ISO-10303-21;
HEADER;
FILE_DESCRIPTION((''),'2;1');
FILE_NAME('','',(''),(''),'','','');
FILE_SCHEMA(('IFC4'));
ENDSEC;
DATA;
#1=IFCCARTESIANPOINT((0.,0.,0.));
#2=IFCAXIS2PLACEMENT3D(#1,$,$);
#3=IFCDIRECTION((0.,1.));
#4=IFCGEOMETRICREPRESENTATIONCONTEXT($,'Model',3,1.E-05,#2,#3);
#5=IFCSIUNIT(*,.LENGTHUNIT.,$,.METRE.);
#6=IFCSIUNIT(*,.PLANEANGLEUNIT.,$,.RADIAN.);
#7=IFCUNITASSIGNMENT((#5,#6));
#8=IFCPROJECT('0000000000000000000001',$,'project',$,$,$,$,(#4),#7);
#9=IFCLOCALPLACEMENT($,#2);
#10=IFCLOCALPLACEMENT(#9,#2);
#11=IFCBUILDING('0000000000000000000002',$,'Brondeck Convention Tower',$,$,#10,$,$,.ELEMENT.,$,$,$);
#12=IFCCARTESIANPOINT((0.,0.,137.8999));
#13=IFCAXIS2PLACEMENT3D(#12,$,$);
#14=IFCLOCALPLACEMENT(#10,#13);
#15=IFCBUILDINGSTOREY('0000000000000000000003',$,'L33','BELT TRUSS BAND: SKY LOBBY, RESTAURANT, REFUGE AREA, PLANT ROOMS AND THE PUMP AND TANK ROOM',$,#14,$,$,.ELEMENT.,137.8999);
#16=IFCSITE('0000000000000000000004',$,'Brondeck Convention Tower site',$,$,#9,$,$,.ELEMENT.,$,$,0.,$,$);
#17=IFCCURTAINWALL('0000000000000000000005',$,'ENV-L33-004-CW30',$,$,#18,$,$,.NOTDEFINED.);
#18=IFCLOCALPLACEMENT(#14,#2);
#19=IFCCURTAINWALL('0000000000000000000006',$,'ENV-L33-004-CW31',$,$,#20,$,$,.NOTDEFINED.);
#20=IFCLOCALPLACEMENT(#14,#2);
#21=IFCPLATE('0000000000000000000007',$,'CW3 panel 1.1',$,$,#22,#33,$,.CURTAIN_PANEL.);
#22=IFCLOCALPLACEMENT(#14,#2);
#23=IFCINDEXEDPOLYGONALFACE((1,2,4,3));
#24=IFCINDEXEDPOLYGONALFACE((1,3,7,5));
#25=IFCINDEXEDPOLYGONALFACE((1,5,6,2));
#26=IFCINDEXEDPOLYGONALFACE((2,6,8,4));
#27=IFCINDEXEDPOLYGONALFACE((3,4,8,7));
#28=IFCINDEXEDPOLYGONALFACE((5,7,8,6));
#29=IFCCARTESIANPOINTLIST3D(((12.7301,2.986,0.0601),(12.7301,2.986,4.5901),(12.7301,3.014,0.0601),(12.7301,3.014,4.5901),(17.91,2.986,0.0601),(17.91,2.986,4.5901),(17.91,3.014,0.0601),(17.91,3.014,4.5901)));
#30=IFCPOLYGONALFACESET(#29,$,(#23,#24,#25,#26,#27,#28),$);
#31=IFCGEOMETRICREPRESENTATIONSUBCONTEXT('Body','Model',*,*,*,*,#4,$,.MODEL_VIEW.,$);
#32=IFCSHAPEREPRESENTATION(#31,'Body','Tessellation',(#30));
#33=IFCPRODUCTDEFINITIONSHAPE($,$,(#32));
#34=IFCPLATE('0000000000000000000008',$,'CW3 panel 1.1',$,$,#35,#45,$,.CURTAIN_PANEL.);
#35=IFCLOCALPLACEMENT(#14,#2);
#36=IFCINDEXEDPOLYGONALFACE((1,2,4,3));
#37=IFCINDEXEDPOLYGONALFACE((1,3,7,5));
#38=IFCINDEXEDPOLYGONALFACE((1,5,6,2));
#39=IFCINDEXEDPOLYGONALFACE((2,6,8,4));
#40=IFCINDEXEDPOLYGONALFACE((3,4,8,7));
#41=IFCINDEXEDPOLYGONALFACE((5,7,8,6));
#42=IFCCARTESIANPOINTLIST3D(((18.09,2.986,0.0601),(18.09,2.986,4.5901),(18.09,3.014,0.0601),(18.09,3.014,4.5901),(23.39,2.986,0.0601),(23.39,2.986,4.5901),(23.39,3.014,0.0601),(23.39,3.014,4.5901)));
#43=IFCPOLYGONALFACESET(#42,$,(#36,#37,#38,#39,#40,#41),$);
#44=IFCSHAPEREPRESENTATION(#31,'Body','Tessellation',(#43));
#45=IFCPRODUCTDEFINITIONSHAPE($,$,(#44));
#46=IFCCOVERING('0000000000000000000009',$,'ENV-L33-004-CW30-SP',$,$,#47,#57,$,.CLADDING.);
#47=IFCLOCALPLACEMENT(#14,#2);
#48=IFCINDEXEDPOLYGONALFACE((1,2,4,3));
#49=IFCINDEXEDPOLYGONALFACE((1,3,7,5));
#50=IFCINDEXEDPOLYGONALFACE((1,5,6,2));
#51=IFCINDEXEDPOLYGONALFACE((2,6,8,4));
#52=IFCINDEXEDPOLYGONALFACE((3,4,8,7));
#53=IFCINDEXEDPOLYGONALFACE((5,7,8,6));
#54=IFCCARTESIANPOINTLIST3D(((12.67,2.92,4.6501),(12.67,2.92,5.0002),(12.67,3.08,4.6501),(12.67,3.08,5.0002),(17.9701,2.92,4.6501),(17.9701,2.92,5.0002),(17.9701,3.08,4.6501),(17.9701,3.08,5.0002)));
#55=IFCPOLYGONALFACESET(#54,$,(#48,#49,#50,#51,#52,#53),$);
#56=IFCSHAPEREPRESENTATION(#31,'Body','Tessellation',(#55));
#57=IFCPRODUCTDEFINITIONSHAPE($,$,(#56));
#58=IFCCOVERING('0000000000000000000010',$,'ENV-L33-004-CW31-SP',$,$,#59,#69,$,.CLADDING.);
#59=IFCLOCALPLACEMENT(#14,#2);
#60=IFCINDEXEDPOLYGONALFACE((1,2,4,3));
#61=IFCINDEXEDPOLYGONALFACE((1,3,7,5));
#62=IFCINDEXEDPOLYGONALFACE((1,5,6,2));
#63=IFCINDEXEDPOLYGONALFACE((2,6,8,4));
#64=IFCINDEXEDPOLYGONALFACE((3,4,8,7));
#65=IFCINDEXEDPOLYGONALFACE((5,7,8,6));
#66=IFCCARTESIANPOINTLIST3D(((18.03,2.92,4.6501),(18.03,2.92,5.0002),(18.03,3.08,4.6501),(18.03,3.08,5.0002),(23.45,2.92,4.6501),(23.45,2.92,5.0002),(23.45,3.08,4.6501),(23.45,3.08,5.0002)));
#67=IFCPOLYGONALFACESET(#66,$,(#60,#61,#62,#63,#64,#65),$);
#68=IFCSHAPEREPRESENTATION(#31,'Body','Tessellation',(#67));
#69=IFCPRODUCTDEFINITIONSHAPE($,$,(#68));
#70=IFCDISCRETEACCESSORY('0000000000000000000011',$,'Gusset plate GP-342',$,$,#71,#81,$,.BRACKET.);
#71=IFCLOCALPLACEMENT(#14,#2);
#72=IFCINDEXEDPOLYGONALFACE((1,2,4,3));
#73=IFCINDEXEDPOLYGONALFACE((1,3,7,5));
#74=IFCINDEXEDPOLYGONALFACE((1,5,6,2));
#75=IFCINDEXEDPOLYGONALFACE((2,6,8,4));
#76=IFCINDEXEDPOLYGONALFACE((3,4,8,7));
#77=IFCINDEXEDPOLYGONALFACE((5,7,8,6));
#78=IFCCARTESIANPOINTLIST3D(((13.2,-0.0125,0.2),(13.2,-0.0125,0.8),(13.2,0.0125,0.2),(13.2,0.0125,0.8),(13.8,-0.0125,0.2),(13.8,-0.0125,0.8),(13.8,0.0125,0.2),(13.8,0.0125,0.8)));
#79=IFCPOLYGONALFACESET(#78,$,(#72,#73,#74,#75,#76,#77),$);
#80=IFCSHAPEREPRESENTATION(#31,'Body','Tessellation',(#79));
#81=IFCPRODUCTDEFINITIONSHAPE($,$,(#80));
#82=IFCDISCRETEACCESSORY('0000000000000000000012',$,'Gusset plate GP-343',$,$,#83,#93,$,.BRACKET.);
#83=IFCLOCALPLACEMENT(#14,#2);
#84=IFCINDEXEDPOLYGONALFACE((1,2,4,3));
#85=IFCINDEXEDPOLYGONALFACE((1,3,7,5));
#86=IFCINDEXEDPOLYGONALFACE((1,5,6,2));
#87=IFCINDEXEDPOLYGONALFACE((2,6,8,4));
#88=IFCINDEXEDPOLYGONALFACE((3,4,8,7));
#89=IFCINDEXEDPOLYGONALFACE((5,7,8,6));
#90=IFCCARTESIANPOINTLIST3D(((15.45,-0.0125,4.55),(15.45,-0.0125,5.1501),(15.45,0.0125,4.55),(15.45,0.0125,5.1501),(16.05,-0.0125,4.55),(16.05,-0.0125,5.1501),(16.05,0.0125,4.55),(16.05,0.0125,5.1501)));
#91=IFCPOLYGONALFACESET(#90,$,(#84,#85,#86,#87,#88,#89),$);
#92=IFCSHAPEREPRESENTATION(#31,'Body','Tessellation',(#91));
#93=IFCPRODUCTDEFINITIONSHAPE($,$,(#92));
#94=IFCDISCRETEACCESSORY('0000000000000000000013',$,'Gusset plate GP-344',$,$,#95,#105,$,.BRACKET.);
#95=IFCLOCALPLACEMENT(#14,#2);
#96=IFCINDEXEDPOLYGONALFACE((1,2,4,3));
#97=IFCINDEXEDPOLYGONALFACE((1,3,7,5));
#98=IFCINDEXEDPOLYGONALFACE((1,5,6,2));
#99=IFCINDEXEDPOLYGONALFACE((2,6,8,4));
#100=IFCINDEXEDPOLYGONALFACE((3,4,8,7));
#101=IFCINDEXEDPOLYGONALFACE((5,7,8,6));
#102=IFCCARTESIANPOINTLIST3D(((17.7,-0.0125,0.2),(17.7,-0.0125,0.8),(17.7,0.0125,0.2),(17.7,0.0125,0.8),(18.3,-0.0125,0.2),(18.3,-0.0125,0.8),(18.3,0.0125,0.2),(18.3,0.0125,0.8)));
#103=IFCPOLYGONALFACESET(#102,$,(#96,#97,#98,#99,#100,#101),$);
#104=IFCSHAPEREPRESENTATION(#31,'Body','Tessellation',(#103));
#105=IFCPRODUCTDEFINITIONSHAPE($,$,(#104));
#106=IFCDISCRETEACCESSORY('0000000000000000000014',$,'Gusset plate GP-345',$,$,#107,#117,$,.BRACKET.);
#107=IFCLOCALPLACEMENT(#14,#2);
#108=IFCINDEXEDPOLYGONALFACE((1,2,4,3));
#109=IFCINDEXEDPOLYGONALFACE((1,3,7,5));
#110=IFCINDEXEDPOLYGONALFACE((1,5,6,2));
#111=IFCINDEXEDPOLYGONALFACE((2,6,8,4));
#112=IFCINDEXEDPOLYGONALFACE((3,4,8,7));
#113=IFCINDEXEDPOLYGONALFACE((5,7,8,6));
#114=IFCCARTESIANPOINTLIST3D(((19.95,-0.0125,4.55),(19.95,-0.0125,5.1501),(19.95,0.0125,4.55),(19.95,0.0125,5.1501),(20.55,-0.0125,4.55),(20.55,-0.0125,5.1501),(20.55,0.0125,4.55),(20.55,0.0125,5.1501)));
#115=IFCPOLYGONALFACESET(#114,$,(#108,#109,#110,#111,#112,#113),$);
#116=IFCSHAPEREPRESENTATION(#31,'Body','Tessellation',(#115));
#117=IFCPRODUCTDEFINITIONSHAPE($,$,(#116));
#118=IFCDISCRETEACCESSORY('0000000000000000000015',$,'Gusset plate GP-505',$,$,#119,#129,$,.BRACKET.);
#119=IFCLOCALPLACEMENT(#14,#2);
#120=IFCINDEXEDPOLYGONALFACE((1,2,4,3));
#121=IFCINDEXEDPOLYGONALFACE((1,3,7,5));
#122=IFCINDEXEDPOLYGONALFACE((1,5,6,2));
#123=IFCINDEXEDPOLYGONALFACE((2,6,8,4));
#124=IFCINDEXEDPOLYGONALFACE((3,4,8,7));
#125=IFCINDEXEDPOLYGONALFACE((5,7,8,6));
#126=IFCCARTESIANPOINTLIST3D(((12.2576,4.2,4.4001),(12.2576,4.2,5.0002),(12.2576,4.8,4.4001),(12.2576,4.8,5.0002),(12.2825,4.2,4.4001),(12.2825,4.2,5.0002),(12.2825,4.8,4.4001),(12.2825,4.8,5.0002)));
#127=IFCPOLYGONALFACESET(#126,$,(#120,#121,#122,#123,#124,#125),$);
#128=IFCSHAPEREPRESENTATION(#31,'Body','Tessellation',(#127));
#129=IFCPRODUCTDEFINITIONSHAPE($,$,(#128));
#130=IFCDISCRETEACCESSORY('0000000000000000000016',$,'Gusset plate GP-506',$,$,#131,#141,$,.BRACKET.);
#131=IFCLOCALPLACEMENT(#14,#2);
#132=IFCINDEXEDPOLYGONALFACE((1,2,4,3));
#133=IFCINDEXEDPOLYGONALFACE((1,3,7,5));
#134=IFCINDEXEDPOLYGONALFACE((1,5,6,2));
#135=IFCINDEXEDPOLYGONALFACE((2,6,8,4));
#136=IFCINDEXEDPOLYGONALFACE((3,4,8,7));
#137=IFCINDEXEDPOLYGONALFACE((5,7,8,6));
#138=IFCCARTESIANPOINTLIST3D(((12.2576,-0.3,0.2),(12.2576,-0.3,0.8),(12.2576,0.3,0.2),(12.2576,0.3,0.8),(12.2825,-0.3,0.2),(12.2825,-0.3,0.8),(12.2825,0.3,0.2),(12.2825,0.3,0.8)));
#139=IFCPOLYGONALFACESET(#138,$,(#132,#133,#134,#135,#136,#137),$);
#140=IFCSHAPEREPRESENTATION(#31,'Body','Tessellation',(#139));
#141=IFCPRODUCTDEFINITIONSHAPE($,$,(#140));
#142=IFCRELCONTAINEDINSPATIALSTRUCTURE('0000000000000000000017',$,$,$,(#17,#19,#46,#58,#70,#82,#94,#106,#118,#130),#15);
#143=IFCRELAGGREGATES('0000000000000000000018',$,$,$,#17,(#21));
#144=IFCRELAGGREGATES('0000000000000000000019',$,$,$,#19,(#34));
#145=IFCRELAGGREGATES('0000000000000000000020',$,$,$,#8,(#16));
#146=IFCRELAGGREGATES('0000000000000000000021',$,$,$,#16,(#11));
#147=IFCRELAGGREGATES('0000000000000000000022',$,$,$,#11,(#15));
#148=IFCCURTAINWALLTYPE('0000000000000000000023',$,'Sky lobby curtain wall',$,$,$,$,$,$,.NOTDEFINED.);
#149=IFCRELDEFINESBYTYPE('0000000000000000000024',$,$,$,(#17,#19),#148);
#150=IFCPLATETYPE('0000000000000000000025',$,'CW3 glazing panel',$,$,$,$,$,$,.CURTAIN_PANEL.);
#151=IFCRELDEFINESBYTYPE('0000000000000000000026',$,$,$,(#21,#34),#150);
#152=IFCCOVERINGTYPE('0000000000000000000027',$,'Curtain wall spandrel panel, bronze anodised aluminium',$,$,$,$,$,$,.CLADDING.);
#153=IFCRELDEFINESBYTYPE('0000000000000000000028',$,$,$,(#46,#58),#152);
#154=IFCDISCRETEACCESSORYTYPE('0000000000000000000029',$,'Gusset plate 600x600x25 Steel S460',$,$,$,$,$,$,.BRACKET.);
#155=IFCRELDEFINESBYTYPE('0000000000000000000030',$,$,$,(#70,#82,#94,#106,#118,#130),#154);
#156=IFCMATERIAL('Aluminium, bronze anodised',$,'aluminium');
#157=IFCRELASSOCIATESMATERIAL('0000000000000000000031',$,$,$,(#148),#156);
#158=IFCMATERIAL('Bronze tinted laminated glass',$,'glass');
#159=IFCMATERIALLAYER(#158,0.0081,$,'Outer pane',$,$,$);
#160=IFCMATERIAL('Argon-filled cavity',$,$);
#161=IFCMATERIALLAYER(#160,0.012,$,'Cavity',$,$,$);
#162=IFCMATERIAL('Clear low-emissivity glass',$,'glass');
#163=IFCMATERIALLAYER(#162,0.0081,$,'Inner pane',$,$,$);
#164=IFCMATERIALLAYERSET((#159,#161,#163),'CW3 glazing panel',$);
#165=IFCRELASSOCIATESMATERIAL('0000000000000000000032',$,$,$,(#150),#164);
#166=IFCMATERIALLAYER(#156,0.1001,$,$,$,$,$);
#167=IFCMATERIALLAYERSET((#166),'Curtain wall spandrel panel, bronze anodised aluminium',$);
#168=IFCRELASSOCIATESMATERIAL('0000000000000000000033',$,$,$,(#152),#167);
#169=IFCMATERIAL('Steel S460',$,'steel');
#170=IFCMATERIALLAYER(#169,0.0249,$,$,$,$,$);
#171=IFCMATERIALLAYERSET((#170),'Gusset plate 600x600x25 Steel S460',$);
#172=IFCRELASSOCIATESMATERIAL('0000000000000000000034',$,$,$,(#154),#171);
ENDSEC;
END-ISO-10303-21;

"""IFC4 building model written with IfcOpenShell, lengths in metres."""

from ifc_helpers import new_model, si_unit, direction, frame, origin, origin_2d, place, context, subcontext, project, spatial, rectangle, extrude, material, layer, layer_set, type_object, element, aggregate, save


model = new_model("IFC4")

# Units and contexts
model_context = context("Model", 3, precision=1e-05, world=origin(), true_north=direction((0.0, 1.0)))
body_context = subcontext(model_context, "Body", "Model", "MODEL_VIEW")
ifc_project = project(units=[si_unit("LENGTHUNIT", "METRE"), si_unit("PLANEANGLEUNIT", "RADIAN")], contexts=[model_context])

# Site, building, storey
site_placement = place(None, origin())
site = spatial("IfcSite", under=ifc_project, at=site_placement, Name="Brondeck Convention Tower site", CompositionType="ELEMENT", RefElevation=0.0)
building_placement = place(site_placement, origin())
building = spatial("IfcBuilding", under=site, at=building_placement, Name="Brondeck Convention Tower", CompositionType="ELEMENT")
storey_placement = place(building_placement, frame((0.0, 0.0, 137.8999)))
storey = spatial("IfcBuildingStorey", under=building, at=storey_placement, Name="L33", Description="BELT TRUSS BAND: SKY LOBBY, RESTAURANT, REFUGE AREA, PLANT ROOMS AND THE PUMP AND TANK ROOM", CompositionType="ELEMENT", Elevation=137.8999)

# Shared definitions
ifc_material_1 = material(Name="Aluminium, bronze anodised", Category="aluminium")
curtain_wall_type = type_object("IfcCurtainWallType", Name="Sky lobby curtain wall", PredefinedType="NOTDEFINED", material=ifc_material_1)

# Curtain wall
curtain_wall_1_placement = place(storey_placement, origin())
curtain_wall_1 = element("IfcCurtainWall", 1, at=curtain_wall_1_placement, inside=storey, type_object=curtain_wall_type, Name="ENV-L33-004-CW30", PredefinedType="NOTDEFINED")

# Curtain wall
curtain_wall_2_placement = place(storey_placement, origin())
curtain_wall_2 = element("IfcCurtainWall", 2, at=curtain_wall_2_placement, inside=storey, type_object=curtain_wall_type, Name="ENV-L33-004-CW31", PredefinedType="NOTDEFINED")

# Shared definitions
ifc_material_2 = material(Name="Steel S460", Category="steel")

# Plates
ifc_material_3 = material(Name="Bronze tinted laminated glass", Category="glass")
ifc_layer_1 = layer(ifc_material_3, 0.0081, Name="Outer pane")
ifc_material_4 = material(Name="Argon-filled cavity")
ifc_layer_2 = layer(ifc_material_4, 0.012, Name="Cavity")
ifc_material_5 = material(Name="Clear low-emissivity glass", Category="glass")
ifc_layer_3 = layer(ifc_material_5, 0.0081, Name="Inner pane")
ifc_layer_set_1 = layer_set([ifc_layer_1, ifc_layer_2, ifc_layer_3], Name="CW3 glazing panel")
plate_type = type_object("IfcPlateType", Name="CW3 glazing panel", PredefinedType="CURTAIN_PANEL", material=ifc_layer_set_1)
plate_1_placement = place(storey_placement, frame((15.3201, 3.0, 0.0601), z_axis=(0.0, 0.0, 1.0), x_axis=(-1.0, 0.0, 0.0)))
plate_1 = element("IfcPlate", 3, at=plate_1_placement, type_object=plate_type, Name="CW3 panel 1.1", PredefinedType="CURTAIN_PANEL", context=body_context, shape_type="SweptSolid", body=[
    extrude(rectangle(XDim=5.1799, YDim=0.0281, at=origin_2d()), origin(), (0.0, 0.0, 1.0), 4.53),
])
aggregate(curtain_wall_1, [plate_1])
plate_2_placement = place(storey_placement, frame((20.74, 3.0, 0.0601), z_axis=(0.0, 0.0, 1.0), x_axis=(-1.0, 0.0, 0.0)))
plate_2 = element("IfcPlate", 4, at=plate_2_placement, type_object=plate_type, Name="CW3 panel 1.1", PredefinedType="CURTAIN_PANEL", context=body_context, shape_type="SweptSolid", body=[
    extrude(rectangle(XDim=5.3, YDim=0.0281, at=origin_2d()), origin(), (0.0, 0.0, 1.0), 4.53),
])
aggregate(curtain_wall_2, [plate_2])

# Coverings
ifc_layer_4 = layer(ifc_material_1, 0.1001)
ifc_layer_set_2 = layer_set([ifc_layer_4], Name="Curtain wall spandrel panel, bronze anodised aluminium")
covering_type = type_object("IfcCoveringType", Name="Curtain wall spandrel panel, bronze anodised aluminium", PredefinedType="CLADDING", material=ifc_layer_set_2)
covering_1_placement = place(storey_placement, frame((15.3201, 3.0, 4.6501), z_axis=(0.0, 0.0, 1.0), x_axis=(-1.0, 0.0, 0.0)))
element("IfcCovering", 5, at=covering_1_placement, inside=storey, type_object=covering_type, Name="ENV-L33-004-CW30-SP", PredefinedType="CLADDING", context=body_context, shape_type="SweptSolid", body=[
    extrude(rectangle(XDim=5.3, YDim=0.1599, at=origin_2d()), origin(), (0.0, 0.0, 1.0), 0.3501),
])
covering_2_placement = place(storey_placement, frame((20.74, 3.0, 4.6501), z_axis=(0.0, 0.0, 1.0), x_axis=(-1.0, 0.0, 0.0)))
element("IfcCovering", 6, at=covering_2_placement, inside=storey, type_object=covering_type, Name="ENV-L33-004-CW31-SP", PredefinedType="CLADDING", context=body_context, shape_type="SweptSolid", body=[
    extrude(rectangle(XDim=5.4199, YDim=0.1599, at=origin_2d()), origin(), (0.0, 0.0, 1.0), 0.3501),
])

# Discrete accessories
ifc_layer_5 = layer(ifc_material_2, 0.0249)
ifc_layer_set_3 = layer_set([ifc_layer_5], Name="Gusset plate 600x600x25 Steel S460")
discrete_accessory_type = type_object("IfcDiscreteAccessoryType", Name="Gusset plate 600x600x25 Steel S460", PredefinedType="BRACKET", material=ifc_layer_set_3)
for number, where, z_axis, x_axis, name in (
    (7, (13.5, 0.0, 0.2), (0.0, 0.0, 1.0), (1.0, 0.0, 0.0), "Gusset plate GP-342"),
    (8, (15.75, 0.0, 4.55), (0.0, 0.0, 1.0), (1.0, 0.0, 0.0), "Gusset plate GP-343"),
    (9, (18.0, 0.0, 0.2), (0.0, 0.0, 1.0), (1.0, 0.0, 0.0), "Gusset plate GP-344"),
    (10, (20.25, 0.0, 4.55), (0.0, 0.0, 1.0), (1.0, 0.0, 0.0), "Gusset plate GP-345"),
    (11, (12.27, 4.5, 4.4001), (0.0, 0.0, 1.0), (0.0, 1.0, 0.0), "Gusset plate GP-505"),
    (12, (12.27, 0.0, 0.2), (0.0, 0.0, 1.0), (0.0, 1.0, 0.0), "Gusset plate GP-506"),
):
    element("IfcDiscreteAccessory", number, at=place(storey_placement, frame(where, z_axis=z_axis, x_axis=x_axis)), inside=storey, type_object=discrete_accessory_type, Name=name, PredefinedType="BRACKET", context=body_context, shape_type="SweptSolid", body=[
        extrude(rectangle(XDim=0.6001, YDim=0.0249, at=origin_2d()), origin(), (0.0, 0.0, 1.0), 0.6001),
    ])

save(model, "model.ifc")
